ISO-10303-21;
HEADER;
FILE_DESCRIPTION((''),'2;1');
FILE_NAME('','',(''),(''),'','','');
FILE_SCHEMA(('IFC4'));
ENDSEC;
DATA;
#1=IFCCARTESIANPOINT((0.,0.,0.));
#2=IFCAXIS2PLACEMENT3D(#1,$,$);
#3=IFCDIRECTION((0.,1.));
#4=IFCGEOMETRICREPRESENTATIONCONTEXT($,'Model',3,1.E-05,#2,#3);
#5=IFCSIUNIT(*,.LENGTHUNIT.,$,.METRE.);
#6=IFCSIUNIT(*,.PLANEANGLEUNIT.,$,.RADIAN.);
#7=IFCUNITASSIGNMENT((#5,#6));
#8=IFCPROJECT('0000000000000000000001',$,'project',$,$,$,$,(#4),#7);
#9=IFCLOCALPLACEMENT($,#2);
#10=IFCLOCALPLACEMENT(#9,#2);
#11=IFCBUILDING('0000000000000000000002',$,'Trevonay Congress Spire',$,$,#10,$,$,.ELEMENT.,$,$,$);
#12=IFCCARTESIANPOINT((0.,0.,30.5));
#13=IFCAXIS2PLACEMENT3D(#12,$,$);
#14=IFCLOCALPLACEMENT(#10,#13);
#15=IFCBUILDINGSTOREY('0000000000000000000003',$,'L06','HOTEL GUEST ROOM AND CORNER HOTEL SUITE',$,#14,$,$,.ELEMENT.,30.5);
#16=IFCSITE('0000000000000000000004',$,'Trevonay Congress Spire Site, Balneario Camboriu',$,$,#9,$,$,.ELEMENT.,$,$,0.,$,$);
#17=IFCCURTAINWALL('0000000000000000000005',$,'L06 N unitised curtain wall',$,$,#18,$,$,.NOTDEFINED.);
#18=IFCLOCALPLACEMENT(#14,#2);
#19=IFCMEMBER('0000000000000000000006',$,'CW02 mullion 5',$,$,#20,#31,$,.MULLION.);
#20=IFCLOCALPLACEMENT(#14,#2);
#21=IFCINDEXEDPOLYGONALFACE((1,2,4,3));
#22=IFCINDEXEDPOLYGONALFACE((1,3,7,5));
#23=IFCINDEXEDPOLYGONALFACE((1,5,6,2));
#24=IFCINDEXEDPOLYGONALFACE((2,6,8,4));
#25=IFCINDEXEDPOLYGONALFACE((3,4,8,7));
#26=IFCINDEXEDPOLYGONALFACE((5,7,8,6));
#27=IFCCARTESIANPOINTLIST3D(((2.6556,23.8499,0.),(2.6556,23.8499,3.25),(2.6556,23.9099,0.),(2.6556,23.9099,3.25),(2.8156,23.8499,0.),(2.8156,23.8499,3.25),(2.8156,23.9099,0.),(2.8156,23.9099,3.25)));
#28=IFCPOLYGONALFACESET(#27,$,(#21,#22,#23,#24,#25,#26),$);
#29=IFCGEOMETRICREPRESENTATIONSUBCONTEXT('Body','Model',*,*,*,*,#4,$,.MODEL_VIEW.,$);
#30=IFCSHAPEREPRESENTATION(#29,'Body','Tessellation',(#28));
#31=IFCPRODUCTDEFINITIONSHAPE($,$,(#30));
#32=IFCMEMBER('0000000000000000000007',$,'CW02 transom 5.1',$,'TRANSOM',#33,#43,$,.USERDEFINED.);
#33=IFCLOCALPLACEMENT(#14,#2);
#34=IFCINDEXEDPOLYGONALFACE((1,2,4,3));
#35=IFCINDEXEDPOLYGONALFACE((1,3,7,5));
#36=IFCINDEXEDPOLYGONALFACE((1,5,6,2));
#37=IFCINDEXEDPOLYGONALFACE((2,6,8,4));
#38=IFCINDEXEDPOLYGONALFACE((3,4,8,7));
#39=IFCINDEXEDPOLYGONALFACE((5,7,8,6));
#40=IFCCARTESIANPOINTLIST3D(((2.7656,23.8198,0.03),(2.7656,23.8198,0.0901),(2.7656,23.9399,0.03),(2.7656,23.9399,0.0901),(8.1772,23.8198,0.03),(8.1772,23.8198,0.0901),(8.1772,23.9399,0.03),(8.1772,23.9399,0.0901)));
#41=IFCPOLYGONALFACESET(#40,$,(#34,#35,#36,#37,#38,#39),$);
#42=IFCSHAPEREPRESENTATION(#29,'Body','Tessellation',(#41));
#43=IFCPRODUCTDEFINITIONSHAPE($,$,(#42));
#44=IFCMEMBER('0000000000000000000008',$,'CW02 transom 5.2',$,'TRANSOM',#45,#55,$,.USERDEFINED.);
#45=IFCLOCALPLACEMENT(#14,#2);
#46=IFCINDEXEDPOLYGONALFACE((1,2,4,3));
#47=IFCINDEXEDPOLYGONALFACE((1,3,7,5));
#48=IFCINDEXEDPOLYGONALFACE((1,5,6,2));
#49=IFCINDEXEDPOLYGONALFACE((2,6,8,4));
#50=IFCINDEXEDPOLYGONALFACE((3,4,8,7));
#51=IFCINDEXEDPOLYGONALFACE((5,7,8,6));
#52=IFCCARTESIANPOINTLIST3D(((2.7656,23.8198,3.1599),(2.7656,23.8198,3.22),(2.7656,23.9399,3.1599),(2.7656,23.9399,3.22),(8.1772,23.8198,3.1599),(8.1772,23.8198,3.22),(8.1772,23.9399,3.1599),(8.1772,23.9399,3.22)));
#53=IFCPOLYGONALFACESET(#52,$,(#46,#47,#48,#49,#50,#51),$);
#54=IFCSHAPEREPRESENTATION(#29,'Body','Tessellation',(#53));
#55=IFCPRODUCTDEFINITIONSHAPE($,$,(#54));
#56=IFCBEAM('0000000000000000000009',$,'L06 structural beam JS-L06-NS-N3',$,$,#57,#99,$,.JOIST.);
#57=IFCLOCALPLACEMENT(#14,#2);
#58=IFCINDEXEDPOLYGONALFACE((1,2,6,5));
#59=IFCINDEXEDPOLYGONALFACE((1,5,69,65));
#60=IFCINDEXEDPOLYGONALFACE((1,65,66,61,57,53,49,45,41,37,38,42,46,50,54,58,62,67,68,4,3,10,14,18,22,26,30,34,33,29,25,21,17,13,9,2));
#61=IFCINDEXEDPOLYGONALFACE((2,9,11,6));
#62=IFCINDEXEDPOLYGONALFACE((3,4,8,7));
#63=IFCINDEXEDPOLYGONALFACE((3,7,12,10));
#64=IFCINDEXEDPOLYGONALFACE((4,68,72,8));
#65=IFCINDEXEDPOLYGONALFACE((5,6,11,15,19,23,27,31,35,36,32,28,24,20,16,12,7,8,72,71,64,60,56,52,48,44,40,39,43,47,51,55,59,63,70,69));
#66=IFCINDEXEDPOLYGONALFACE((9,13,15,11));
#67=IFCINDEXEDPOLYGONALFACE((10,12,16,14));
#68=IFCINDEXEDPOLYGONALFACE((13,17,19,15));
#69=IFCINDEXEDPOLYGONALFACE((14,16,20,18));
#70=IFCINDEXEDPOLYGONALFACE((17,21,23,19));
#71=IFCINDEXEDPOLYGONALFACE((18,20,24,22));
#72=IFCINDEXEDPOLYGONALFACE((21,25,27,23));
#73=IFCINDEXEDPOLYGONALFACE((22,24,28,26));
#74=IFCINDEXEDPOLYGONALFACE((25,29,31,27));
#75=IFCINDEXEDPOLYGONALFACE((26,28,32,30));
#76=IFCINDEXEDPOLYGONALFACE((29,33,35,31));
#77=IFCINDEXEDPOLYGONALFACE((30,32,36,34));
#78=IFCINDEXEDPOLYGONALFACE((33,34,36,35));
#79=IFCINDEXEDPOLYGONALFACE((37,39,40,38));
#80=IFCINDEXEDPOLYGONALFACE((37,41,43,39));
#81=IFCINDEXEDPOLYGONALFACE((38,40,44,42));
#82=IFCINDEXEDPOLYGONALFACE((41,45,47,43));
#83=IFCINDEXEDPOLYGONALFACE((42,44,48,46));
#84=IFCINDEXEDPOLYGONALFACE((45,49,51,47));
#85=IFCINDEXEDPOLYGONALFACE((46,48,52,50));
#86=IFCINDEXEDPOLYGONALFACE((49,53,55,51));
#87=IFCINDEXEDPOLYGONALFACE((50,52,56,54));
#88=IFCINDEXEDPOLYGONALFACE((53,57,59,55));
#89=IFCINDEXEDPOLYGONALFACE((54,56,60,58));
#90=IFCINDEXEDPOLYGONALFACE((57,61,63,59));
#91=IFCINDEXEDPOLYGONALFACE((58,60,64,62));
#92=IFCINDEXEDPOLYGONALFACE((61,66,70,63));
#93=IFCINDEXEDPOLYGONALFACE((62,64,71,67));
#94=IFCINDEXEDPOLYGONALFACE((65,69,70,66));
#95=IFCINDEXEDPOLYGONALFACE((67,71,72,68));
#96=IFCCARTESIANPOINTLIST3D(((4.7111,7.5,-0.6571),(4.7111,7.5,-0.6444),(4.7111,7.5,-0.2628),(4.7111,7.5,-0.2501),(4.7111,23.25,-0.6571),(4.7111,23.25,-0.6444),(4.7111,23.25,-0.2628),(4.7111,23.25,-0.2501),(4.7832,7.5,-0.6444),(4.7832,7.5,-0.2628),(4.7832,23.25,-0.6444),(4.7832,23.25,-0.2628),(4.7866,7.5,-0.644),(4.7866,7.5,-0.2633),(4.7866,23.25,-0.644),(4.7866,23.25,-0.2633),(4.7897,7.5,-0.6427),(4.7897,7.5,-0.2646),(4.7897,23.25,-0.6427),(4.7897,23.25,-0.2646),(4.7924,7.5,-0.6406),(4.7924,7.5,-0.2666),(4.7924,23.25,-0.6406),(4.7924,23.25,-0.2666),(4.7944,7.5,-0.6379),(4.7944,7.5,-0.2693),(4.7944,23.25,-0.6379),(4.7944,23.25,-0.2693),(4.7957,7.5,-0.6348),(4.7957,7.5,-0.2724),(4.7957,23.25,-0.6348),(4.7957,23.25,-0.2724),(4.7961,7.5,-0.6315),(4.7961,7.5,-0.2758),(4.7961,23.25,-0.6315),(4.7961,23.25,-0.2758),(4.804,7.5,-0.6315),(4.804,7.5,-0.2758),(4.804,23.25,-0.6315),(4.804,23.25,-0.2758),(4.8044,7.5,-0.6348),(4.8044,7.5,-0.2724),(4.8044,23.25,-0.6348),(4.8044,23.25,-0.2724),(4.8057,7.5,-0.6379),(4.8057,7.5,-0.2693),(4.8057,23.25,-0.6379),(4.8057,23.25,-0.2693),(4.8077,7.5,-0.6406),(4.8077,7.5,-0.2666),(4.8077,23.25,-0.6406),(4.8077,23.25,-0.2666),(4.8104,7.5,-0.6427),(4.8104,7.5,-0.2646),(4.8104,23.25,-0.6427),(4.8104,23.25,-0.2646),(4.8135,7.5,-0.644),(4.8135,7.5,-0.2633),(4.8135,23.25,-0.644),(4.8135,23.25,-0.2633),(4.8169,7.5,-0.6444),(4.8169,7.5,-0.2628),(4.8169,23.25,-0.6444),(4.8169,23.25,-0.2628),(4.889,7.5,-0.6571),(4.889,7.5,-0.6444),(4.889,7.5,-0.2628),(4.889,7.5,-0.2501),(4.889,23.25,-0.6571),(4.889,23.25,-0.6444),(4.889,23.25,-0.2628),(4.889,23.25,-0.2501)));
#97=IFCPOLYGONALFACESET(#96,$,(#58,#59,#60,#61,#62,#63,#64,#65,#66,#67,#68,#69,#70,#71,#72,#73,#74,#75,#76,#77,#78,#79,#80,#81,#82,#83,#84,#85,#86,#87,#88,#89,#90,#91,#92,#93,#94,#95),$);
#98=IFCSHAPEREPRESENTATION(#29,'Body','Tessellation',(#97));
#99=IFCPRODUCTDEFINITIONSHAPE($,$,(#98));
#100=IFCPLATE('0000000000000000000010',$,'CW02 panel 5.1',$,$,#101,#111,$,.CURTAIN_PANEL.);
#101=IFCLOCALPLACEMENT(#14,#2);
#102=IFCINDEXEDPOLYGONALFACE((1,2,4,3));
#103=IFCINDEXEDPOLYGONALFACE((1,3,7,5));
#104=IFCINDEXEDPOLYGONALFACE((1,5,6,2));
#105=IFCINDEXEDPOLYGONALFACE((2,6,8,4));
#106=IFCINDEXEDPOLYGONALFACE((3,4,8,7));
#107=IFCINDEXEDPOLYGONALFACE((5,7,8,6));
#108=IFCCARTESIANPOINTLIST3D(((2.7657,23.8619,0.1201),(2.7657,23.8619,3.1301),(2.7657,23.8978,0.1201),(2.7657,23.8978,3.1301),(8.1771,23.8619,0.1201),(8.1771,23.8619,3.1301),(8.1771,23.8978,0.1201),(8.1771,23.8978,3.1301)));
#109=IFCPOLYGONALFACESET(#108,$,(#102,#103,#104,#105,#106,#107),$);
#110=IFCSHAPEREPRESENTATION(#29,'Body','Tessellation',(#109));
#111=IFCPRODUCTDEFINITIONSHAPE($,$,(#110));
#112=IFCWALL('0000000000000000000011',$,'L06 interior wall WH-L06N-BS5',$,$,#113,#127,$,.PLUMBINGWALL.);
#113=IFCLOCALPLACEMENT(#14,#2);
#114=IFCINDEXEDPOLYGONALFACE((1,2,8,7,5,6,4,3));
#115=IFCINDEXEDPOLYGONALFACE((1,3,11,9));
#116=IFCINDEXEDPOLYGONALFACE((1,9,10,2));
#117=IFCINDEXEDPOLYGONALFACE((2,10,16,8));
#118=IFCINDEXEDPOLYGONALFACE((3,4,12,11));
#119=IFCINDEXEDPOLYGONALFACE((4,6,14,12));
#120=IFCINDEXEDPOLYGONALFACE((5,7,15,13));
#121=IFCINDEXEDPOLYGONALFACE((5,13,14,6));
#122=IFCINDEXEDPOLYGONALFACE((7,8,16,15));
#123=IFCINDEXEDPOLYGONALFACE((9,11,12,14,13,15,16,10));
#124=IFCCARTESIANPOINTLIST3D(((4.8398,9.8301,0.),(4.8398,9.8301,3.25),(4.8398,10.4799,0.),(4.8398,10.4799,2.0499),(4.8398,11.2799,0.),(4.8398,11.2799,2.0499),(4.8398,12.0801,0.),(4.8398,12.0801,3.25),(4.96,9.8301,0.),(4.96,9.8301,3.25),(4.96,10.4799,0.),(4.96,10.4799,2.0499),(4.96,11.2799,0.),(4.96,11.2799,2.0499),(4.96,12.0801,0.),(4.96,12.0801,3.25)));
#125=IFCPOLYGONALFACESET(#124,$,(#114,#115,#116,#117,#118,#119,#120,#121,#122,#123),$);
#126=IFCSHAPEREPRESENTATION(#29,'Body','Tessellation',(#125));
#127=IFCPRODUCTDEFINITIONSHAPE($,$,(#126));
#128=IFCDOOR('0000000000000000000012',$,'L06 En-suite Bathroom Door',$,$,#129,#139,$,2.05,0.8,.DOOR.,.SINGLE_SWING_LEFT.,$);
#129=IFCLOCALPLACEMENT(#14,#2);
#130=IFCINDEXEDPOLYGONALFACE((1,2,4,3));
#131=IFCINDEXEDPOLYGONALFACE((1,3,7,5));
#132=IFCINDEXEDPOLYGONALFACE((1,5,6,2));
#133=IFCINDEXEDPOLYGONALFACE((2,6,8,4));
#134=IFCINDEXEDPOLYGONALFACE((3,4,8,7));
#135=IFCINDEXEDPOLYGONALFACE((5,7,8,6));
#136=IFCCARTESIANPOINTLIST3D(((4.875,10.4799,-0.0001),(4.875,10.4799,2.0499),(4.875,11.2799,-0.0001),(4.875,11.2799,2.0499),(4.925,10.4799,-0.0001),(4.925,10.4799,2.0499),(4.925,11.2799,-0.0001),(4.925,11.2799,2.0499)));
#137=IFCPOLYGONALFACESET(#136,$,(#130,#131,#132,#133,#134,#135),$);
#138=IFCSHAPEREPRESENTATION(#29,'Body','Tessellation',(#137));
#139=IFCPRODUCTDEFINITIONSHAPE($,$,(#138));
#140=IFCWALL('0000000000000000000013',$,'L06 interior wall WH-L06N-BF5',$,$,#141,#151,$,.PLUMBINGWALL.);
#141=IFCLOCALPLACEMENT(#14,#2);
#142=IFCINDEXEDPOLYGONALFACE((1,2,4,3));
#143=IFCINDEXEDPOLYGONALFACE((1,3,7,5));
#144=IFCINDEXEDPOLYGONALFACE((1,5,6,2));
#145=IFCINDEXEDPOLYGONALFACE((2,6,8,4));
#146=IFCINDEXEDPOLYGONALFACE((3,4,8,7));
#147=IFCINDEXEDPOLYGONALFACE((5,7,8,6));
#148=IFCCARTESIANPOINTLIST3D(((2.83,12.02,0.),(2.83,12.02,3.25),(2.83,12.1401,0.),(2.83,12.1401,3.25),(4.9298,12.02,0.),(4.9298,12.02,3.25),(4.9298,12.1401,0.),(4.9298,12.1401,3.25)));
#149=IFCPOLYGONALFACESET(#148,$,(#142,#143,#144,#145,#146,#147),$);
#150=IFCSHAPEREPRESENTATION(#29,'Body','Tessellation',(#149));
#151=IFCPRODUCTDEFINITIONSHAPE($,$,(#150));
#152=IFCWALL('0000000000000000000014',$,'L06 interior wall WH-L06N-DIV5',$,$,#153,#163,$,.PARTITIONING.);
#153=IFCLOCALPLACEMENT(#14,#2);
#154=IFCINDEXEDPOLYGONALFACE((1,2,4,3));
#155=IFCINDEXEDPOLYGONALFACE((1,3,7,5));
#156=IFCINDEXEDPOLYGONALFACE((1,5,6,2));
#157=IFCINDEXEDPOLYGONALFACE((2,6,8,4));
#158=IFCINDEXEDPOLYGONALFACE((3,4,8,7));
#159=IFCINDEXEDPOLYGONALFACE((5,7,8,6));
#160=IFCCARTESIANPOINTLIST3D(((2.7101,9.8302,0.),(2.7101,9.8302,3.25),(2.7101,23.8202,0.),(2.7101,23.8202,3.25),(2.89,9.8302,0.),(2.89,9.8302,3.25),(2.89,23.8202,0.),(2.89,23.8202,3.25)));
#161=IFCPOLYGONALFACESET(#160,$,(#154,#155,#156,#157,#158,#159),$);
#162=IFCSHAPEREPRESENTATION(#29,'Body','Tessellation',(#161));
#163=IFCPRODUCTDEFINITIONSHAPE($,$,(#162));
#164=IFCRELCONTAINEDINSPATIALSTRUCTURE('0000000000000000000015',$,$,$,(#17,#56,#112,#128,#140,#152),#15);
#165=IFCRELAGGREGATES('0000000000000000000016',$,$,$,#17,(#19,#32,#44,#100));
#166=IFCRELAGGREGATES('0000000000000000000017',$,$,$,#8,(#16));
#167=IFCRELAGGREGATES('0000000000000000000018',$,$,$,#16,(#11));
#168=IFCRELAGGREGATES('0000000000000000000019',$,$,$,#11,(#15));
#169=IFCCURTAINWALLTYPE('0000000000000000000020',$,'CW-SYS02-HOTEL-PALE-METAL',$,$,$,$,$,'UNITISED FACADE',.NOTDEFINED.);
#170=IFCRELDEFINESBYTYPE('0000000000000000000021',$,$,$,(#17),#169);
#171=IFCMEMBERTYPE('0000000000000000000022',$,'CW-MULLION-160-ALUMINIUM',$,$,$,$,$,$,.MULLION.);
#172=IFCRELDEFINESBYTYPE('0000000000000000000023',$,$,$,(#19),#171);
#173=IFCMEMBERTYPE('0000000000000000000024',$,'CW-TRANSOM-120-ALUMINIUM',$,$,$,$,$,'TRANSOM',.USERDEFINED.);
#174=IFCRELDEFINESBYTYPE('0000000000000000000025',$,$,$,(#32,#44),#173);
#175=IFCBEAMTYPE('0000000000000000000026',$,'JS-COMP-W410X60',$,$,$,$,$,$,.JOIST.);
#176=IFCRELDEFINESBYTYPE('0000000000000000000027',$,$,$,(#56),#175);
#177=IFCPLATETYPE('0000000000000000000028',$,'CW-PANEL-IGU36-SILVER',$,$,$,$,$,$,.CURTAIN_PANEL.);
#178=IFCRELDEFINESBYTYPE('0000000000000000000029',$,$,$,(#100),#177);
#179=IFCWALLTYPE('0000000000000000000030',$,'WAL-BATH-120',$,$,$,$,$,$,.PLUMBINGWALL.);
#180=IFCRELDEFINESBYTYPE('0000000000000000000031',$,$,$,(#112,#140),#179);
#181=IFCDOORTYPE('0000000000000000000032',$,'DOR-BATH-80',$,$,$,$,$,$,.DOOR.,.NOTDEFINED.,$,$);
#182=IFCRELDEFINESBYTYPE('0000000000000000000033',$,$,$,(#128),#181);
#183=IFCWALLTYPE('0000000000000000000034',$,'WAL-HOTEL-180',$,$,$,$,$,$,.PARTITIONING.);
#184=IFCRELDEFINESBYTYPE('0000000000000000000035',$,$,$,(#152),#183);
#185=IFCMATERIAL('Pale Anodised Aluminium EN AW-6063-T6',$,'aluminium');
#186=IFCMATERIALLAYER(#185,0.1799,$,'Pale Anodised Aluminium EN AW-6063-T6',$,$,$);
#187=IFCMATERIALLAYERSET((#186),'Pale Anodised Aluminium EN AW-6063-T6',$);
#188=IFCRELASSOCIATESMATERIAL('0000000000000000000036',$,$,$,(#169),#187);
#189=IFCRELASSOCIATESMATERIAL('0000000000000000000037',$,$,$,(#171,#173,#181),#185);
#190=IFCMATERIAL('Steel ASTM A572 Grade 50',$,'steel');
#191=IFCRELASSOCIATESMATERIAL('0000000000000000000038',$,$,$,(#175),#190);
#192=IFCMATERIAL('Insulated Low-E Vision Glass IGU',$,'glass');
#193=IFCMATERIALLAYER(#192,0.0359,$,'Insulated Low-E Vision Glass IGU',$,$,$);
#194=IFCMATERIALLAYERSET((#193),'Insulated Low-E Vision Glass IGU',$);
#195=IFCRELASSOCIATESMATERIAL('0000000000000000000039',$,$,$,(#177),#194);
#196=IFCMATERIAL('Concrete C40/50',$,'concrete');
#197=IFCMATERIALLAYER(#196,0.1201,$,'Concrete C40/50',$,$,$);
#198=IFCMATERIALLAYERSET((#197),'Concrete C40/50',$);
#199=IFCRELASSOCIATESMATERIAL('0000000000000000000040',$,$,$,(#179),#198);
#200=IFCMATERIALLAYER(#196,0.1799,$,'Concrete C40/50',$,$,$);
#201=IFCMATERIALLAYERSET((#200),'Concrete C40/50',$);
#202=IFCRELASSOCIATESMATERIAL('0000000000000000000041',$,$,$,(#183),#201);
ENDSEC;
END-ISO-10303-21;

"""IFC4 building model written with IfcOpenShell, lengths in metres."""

from ifc_helpers import new_model, si_unit, direction, frame, frame_2d, origin, origin_2d, place, context, subcontext, project, spatial, rectangle, i_section, extrude, material, layer, layer_set, material_profile, profile_set, type_object, element, fill, aggregate, save


model = new_model("IFC4")

# Units and contexts
model_context = context("Model", 3, precision=1e-05, world=origin(), true_north=direction((0.0, 1.0)))
body_context = subcontext(model_context, "Body", "Model", "MODEL_VIEW")
ifc_project = project(units=[si_unit("LENGTHUNIT", "METRE"), si_unit("PLANEANGLEUNIT", "RADIAN")], contexts=[model_context])

# Site, building, storey
site_placement = place(None, origin())
site = spatial("IfcSite", under=ifc_project, at=site_placement, Name="Trevonay Congress Spire Site, Balneario Camboriu", CompositionType="ELEMENT", RefElevation=0.0)
building_placement = place(site_placement, origin())
building = spatial("IfcBuilding", under=site, at=building_placement, Name="Trevonay Congress Spire", CompositionType="ELEMENT")
storey_placement = place(building_placement, frame((0.0, 0.0, 30.5)))
storey = spatial("IfcBuildingStorey", under=building, at=storey_placement, Name="L06", Description="HOTEL GUEST ROOM AND CORNER HOTEL SUITE", CompositionType="ELEMENT", Elevation=30.5)

# Shared definitions
ifc_material_1 = material(Name="Steel ASTM A572 Grade 50", Category="steel")

# Curtain wall, members
ifc_material_2 = material(Name="Pale Anodised Aluminium EN AW-6063-T6", Category="aluminium")
ifc_layer_1 = layer(ifc_material_2, 0.1799, Name="Pale Anodised Aluminium EN AW-6063-T6")
ifc_layer_set_1 = layer_set([ifc_layer_1], Name="Pale Anodised Aluminium EN AW-6063-T6")
curtain_wall_type = type_object("IfcCurtainWallType", Name="CW-SYS02-HOTEL-PALE-METAL", ElementType="UNITISED FACADE", PredefinedType="NOTDEFINED", material=ifc_layer_set_1)
curtain_wall_placement = place(storey_placement, origin())
curtain_wall = element("IfcCurtainWall", 1, at=curtain_wall_placement, inside=storey, type_object=curtain_wall_type, Name="L06 N unitised curtain wall", PredefinedType="NOTDEFINED")
ifc_material_profile_1 = material_profile(ifc_material_2, rectangle(XDim=0.0601, YDim=0.1599, at=origin_2d()), Name="CW-MULLION-160-ALUMINIUM")
ifc_profile_set_1 = profile_set([ifc_material_profile_1], Name="Pale Anodised Aluminium EN AW-6063-T6")
member_type_1 = type_object("IfcMemberType", Name="CW-MULLION-160-ALUMINIUM", PredefinedType="MULLION", material=ifc_profile_set_1)
member_1_placement = place(storey_placement, frame((2.7356, 23.8799, 0.0), z_axis=(0.0, 0.0, 1.0), x_axis=(0.0, 1.0, 0.0)))
member_1 = element("IfcMember", 2, at=member_1_placement, type_object=member_type_1, Name="CW02 mullion 5", PredefinedType="MULLION", context=body_context, shape_type="SweptSolid", body=[
    extrude(rectangle(XDim=0.0601, YDim=0.1599, at=origin_2d()), origin(), (0.0, 0.0, 1.0), 3.25),
])
ifc_material_profile_2 = material_profile(ifc_material_2, rectangle(XDim=0.1201, YDim=0.0601, at=origin_2d()), Name="CW-TRANSOM-120-ALUMINIUM")
ifc_profile_set_2 = profile_set([ifc_material_profile_2], Name="Pale Anodised Aluminium EN AW-6063-T6")
member_type_2 = type_object("IfcMemberType", Name="CW-TRANSOM-120-ALUMINIUM", ElementType="TRANSOM", PredefinedType="USERDEFINED", material=ifc_profile_set_2)
member_2_placement = place(storey_placement, frame((2.7656, 23.8799, 0.0601), z_axis=(1.0, 0.0, 0.0), x_axis=(0.0, 1.0, 0.0)))
member_2 = element("IfcMember", 3, at=member_2_placement, type_object=member_type_2, Name="CW02 transom 5.1", ObjectType="TRANSOM", PredefinedType="USERDEFINED", context=body_context, shape_type="SweptSolid", body=[
    extrude(rectangle(XDim=0.1201, YDim=0.0601, at=origin_2d()), origin(), (0.0, 0.0, 1.0), 5.4116),
])
member_3_placement = place(storey_placement, frame((2.7656, 23.8799, 3.1899), z_axis=(1.0, 0.0, 0.0), x_axis=(0.0, 1.0, 0.0)))
member_3 = element("IfcMember", 4, at=member_3_placement, type_object=member_type_2, Name="CW02 transom 5.2", ObjectType="TRANSOM", PredefinedType="USERDEFINED", context=body_context, shape_type="SweptSolid", body=[
    extrude(rectangle(XDim=0.1201, YDim=0.0601, at=origin_2d()), origin(), (0.0, 0.0, 1.0), 5.4116),
])

# Beam
ifc_material_profile_3 = material_profile(ifc_material_1, i_section(OverallWidth=0.178, OverallDepth=0.407, WebThickness=0.0078, FlangeThickness=0.0127, FilletRadius=0.0129, at=origin_2d()), Name="W410x60")
ifc_profile_set_3 = profile_set([ifc_material_profile_3], Name="Steel ASTM A572 Grade 50")
beam_type_1 = type_object("IfcBeamType", Name="JS-COMP-W410X60", PredefinedType="JOIST", material=ifc_profile_set_3)
beam_1_placement = place(storey_placement, frame((4.8, 7.5, -0.4536), z_axis=(0.0, 1.0, 0.0), x_axis=(-1.0, 0.0, 0.0)))
element("IfcBeam", 5, at=beam_1_placement, inside=storey, type_object=beam_type_1, Name="L06 structural beam JS-L06-NS-N3", PredefinedType="JOIST", context=body_context, shape_type="SweptSolid", body=[
    extrude(i_section(OverallWidth=0.178, OverallDepth=0.407, WebThickness=0.0078, FlangeThickness=0.0127, FilletRadius=0.0129, at=origin_2d()), origin(), (0.0, 0.0, 1.0), 15.75),
])

# Plate
ifc_material_3 = material(Name="Insulated Low-E Vision Glass IGU", Category="glass")
ifc_layer_2 = layer(ifc_material_3, 0.0359, Name="Insulated Low-E Vision Glass IGU")
ifc_layer_set_2 = layer_set([ifc_layer_2], Name="Insulated Low-E Vision Glass IGU")
plate_type = type_object("IfcPlateType", Name="CW-PANEL-IGU36-SILVER", PredefinedType="CURTAIN_PANEL", material=ifc_layer_set_2)
plate_placement = place(storey_placement, frame((5.4714, 23.8799, 0.1201), z_axis=(0.0, 0.0, 1.0), x_axis=(1.0, 0.0, 0.0)))
plate = element("IfcPlate", 6, at=plate_placement, type_object=plate_type, Name="CW02 panel 5.1", PredefinedType="CURTAIN_PANEL", context=body_context, shape_type="SweptSolid", body=[
    extrude(rectangle(XDim=5.4114, YDim=0.0359, at=origin_2d()), origin(), (0.0, 0.0, 1.0), 3.01),
])
aggregate(curtain_wall, [member_1, member_2, member_3, plate])

# Wall, opening, door
ifc_material_4 = material(Name="Concrete C40/50", Category="concrete")
ifc_layer_3 = layer(ifc_material_4, 0.1201, Name="Concrete C40/50")
ifc_layer_set_3 = layer_set([ifc_layer_3], Name="Concrete C40/50")
wall_type_1 = type_object("IfcWallType", Name="WAL-BATH-120", PredefinedType="PLUMBINGWALL", material=ifc_layer_set_3)
wall_1_placement = place(storey_placement, frame((4.8999, 9.8301, 0.0), z_axis=(0.0, 0.0, 1.0), x_axis=(0.0, 1.0, 0.0)))
wall_1 = element("IfcWall", 7, at=wall_1_placement, inside=storey, type_object=wall_type_1, Name="L06 interior wall WH-L06N-BS5", PredefinedType="PLUMBINGWALL", context=body_context, shape_type="SweptSolid", body=[
    extrude(rectangle(XDim=2.25, YDim=0.1201, at=frame_2d((1.125, 0.0))), origin(), (0.0, 0.0, 1.0), 3.25),
])
opening_1_placement = place(wall_1_placement, frame((0.6499, 0.0, 0.0)))
opening_1 = element("IfcOpeningElement", 8, at=opening_1_placement, cuts=wall_1, PredefinedType="OPENING", context=body_context, shape_type="SweptSolid", body=[
    extrude(rectangle(XDim=0.8, YDim=2.05, at=frame_2d((0.3999, 1.0249))), frame((0.0, 0.0701, 0.0), z_axis=(0.0, -1.0, 0.0), x_axis=(1.0, 0.0, 0.0)), (0.0, 0.0, 1.0), 0.1401),
])
door_type_1 = type_object("IfcDoorType", Name="DOR-BATH-80", OperationType="NOTDEFINED", PredefinedType="DOOR", material=ifc_material_2)
door_1_placement = place(opening_1_placement, origin())
door_1 = element("IfcDoor", 9, at=door_1_placement, inside=storey, type_object=door_type_1, Name="L06 En-suite Bathroom Door", OperationType="SINGLE_SWING_LEFT", OverallHeight=2.05, OverallWidth=0.8, PredefinedType="DOOR", context=body_context, shape_type="SweptSolid", body=[
    extrude(rectangle(XDim=0.8, YDim=2.05, at=frame_2d((0.3999, 1.0249))), frame((0.0, 0.0249, 0.0), z_axis=(0.0, -1.0, 0.0), x_axis=(1.0, 0.0, 0.0)), (0.0, 0.0, 1.0), 0.05),
])
fill(opening_1, door_1)

# Walls
wall_2_placement = place(storey_placement, frame((2.8301, 12.0801, 0.0), z_axis=(0.0, 0.0, 1.0), x_axis=(1.0, 0.0, 0.0)))
element("IfcWall", 10, at=wall_2_placement, inside=storey, type_object=wall_type_1, Name="L06 interior wall WH-L06N-BF5", PredefinedType="PLUMBINGWALL", context=body_context, shape_type="SweptSolid", body=[
    extrude(rectangle(XDim=2.0999, YDim=0.1201, at=frame_2d((1.0498, 0.0))), origin(), (0.0, 0.0, 1.0), 3.25),
])
ifc_layer_4 = layer(ifc_material_4, 0.1799, Name="Concrete C40/50")
ifc_layer_set_4 = layer_set([ifc_layer_4], Name="Concrete C40/50")
wall_type_2 = type_object("IfcWallType", Name="WAL-HOTEL-180", PredefinedType="PARTITIONING", material=ifc_layer_set_4)
wall_3_placement = place(storey_placement, frame((2.8, 9.8301, 0.0), z_axis=(0.0, 0.0, 1.0), x_axis=(0.0, 1.0, 0.0)))
element("IfcWall", 11, at=wall_3_placement, inside=storey, type_object=wall_type_2, Name="L06 interior wall WH-L06N-DIV5", PredefinedType="PARTITIONING", context=body_context, shape_type="SweptSolid", body=[
    extrude(rectangle(XDim=13.99, YDim=0.1799, at=frame_2d((6.9951, 0.0))), origin(), (0.0, 0.0, 1.0), 3.25),
])

save(model, "model.ifc")
